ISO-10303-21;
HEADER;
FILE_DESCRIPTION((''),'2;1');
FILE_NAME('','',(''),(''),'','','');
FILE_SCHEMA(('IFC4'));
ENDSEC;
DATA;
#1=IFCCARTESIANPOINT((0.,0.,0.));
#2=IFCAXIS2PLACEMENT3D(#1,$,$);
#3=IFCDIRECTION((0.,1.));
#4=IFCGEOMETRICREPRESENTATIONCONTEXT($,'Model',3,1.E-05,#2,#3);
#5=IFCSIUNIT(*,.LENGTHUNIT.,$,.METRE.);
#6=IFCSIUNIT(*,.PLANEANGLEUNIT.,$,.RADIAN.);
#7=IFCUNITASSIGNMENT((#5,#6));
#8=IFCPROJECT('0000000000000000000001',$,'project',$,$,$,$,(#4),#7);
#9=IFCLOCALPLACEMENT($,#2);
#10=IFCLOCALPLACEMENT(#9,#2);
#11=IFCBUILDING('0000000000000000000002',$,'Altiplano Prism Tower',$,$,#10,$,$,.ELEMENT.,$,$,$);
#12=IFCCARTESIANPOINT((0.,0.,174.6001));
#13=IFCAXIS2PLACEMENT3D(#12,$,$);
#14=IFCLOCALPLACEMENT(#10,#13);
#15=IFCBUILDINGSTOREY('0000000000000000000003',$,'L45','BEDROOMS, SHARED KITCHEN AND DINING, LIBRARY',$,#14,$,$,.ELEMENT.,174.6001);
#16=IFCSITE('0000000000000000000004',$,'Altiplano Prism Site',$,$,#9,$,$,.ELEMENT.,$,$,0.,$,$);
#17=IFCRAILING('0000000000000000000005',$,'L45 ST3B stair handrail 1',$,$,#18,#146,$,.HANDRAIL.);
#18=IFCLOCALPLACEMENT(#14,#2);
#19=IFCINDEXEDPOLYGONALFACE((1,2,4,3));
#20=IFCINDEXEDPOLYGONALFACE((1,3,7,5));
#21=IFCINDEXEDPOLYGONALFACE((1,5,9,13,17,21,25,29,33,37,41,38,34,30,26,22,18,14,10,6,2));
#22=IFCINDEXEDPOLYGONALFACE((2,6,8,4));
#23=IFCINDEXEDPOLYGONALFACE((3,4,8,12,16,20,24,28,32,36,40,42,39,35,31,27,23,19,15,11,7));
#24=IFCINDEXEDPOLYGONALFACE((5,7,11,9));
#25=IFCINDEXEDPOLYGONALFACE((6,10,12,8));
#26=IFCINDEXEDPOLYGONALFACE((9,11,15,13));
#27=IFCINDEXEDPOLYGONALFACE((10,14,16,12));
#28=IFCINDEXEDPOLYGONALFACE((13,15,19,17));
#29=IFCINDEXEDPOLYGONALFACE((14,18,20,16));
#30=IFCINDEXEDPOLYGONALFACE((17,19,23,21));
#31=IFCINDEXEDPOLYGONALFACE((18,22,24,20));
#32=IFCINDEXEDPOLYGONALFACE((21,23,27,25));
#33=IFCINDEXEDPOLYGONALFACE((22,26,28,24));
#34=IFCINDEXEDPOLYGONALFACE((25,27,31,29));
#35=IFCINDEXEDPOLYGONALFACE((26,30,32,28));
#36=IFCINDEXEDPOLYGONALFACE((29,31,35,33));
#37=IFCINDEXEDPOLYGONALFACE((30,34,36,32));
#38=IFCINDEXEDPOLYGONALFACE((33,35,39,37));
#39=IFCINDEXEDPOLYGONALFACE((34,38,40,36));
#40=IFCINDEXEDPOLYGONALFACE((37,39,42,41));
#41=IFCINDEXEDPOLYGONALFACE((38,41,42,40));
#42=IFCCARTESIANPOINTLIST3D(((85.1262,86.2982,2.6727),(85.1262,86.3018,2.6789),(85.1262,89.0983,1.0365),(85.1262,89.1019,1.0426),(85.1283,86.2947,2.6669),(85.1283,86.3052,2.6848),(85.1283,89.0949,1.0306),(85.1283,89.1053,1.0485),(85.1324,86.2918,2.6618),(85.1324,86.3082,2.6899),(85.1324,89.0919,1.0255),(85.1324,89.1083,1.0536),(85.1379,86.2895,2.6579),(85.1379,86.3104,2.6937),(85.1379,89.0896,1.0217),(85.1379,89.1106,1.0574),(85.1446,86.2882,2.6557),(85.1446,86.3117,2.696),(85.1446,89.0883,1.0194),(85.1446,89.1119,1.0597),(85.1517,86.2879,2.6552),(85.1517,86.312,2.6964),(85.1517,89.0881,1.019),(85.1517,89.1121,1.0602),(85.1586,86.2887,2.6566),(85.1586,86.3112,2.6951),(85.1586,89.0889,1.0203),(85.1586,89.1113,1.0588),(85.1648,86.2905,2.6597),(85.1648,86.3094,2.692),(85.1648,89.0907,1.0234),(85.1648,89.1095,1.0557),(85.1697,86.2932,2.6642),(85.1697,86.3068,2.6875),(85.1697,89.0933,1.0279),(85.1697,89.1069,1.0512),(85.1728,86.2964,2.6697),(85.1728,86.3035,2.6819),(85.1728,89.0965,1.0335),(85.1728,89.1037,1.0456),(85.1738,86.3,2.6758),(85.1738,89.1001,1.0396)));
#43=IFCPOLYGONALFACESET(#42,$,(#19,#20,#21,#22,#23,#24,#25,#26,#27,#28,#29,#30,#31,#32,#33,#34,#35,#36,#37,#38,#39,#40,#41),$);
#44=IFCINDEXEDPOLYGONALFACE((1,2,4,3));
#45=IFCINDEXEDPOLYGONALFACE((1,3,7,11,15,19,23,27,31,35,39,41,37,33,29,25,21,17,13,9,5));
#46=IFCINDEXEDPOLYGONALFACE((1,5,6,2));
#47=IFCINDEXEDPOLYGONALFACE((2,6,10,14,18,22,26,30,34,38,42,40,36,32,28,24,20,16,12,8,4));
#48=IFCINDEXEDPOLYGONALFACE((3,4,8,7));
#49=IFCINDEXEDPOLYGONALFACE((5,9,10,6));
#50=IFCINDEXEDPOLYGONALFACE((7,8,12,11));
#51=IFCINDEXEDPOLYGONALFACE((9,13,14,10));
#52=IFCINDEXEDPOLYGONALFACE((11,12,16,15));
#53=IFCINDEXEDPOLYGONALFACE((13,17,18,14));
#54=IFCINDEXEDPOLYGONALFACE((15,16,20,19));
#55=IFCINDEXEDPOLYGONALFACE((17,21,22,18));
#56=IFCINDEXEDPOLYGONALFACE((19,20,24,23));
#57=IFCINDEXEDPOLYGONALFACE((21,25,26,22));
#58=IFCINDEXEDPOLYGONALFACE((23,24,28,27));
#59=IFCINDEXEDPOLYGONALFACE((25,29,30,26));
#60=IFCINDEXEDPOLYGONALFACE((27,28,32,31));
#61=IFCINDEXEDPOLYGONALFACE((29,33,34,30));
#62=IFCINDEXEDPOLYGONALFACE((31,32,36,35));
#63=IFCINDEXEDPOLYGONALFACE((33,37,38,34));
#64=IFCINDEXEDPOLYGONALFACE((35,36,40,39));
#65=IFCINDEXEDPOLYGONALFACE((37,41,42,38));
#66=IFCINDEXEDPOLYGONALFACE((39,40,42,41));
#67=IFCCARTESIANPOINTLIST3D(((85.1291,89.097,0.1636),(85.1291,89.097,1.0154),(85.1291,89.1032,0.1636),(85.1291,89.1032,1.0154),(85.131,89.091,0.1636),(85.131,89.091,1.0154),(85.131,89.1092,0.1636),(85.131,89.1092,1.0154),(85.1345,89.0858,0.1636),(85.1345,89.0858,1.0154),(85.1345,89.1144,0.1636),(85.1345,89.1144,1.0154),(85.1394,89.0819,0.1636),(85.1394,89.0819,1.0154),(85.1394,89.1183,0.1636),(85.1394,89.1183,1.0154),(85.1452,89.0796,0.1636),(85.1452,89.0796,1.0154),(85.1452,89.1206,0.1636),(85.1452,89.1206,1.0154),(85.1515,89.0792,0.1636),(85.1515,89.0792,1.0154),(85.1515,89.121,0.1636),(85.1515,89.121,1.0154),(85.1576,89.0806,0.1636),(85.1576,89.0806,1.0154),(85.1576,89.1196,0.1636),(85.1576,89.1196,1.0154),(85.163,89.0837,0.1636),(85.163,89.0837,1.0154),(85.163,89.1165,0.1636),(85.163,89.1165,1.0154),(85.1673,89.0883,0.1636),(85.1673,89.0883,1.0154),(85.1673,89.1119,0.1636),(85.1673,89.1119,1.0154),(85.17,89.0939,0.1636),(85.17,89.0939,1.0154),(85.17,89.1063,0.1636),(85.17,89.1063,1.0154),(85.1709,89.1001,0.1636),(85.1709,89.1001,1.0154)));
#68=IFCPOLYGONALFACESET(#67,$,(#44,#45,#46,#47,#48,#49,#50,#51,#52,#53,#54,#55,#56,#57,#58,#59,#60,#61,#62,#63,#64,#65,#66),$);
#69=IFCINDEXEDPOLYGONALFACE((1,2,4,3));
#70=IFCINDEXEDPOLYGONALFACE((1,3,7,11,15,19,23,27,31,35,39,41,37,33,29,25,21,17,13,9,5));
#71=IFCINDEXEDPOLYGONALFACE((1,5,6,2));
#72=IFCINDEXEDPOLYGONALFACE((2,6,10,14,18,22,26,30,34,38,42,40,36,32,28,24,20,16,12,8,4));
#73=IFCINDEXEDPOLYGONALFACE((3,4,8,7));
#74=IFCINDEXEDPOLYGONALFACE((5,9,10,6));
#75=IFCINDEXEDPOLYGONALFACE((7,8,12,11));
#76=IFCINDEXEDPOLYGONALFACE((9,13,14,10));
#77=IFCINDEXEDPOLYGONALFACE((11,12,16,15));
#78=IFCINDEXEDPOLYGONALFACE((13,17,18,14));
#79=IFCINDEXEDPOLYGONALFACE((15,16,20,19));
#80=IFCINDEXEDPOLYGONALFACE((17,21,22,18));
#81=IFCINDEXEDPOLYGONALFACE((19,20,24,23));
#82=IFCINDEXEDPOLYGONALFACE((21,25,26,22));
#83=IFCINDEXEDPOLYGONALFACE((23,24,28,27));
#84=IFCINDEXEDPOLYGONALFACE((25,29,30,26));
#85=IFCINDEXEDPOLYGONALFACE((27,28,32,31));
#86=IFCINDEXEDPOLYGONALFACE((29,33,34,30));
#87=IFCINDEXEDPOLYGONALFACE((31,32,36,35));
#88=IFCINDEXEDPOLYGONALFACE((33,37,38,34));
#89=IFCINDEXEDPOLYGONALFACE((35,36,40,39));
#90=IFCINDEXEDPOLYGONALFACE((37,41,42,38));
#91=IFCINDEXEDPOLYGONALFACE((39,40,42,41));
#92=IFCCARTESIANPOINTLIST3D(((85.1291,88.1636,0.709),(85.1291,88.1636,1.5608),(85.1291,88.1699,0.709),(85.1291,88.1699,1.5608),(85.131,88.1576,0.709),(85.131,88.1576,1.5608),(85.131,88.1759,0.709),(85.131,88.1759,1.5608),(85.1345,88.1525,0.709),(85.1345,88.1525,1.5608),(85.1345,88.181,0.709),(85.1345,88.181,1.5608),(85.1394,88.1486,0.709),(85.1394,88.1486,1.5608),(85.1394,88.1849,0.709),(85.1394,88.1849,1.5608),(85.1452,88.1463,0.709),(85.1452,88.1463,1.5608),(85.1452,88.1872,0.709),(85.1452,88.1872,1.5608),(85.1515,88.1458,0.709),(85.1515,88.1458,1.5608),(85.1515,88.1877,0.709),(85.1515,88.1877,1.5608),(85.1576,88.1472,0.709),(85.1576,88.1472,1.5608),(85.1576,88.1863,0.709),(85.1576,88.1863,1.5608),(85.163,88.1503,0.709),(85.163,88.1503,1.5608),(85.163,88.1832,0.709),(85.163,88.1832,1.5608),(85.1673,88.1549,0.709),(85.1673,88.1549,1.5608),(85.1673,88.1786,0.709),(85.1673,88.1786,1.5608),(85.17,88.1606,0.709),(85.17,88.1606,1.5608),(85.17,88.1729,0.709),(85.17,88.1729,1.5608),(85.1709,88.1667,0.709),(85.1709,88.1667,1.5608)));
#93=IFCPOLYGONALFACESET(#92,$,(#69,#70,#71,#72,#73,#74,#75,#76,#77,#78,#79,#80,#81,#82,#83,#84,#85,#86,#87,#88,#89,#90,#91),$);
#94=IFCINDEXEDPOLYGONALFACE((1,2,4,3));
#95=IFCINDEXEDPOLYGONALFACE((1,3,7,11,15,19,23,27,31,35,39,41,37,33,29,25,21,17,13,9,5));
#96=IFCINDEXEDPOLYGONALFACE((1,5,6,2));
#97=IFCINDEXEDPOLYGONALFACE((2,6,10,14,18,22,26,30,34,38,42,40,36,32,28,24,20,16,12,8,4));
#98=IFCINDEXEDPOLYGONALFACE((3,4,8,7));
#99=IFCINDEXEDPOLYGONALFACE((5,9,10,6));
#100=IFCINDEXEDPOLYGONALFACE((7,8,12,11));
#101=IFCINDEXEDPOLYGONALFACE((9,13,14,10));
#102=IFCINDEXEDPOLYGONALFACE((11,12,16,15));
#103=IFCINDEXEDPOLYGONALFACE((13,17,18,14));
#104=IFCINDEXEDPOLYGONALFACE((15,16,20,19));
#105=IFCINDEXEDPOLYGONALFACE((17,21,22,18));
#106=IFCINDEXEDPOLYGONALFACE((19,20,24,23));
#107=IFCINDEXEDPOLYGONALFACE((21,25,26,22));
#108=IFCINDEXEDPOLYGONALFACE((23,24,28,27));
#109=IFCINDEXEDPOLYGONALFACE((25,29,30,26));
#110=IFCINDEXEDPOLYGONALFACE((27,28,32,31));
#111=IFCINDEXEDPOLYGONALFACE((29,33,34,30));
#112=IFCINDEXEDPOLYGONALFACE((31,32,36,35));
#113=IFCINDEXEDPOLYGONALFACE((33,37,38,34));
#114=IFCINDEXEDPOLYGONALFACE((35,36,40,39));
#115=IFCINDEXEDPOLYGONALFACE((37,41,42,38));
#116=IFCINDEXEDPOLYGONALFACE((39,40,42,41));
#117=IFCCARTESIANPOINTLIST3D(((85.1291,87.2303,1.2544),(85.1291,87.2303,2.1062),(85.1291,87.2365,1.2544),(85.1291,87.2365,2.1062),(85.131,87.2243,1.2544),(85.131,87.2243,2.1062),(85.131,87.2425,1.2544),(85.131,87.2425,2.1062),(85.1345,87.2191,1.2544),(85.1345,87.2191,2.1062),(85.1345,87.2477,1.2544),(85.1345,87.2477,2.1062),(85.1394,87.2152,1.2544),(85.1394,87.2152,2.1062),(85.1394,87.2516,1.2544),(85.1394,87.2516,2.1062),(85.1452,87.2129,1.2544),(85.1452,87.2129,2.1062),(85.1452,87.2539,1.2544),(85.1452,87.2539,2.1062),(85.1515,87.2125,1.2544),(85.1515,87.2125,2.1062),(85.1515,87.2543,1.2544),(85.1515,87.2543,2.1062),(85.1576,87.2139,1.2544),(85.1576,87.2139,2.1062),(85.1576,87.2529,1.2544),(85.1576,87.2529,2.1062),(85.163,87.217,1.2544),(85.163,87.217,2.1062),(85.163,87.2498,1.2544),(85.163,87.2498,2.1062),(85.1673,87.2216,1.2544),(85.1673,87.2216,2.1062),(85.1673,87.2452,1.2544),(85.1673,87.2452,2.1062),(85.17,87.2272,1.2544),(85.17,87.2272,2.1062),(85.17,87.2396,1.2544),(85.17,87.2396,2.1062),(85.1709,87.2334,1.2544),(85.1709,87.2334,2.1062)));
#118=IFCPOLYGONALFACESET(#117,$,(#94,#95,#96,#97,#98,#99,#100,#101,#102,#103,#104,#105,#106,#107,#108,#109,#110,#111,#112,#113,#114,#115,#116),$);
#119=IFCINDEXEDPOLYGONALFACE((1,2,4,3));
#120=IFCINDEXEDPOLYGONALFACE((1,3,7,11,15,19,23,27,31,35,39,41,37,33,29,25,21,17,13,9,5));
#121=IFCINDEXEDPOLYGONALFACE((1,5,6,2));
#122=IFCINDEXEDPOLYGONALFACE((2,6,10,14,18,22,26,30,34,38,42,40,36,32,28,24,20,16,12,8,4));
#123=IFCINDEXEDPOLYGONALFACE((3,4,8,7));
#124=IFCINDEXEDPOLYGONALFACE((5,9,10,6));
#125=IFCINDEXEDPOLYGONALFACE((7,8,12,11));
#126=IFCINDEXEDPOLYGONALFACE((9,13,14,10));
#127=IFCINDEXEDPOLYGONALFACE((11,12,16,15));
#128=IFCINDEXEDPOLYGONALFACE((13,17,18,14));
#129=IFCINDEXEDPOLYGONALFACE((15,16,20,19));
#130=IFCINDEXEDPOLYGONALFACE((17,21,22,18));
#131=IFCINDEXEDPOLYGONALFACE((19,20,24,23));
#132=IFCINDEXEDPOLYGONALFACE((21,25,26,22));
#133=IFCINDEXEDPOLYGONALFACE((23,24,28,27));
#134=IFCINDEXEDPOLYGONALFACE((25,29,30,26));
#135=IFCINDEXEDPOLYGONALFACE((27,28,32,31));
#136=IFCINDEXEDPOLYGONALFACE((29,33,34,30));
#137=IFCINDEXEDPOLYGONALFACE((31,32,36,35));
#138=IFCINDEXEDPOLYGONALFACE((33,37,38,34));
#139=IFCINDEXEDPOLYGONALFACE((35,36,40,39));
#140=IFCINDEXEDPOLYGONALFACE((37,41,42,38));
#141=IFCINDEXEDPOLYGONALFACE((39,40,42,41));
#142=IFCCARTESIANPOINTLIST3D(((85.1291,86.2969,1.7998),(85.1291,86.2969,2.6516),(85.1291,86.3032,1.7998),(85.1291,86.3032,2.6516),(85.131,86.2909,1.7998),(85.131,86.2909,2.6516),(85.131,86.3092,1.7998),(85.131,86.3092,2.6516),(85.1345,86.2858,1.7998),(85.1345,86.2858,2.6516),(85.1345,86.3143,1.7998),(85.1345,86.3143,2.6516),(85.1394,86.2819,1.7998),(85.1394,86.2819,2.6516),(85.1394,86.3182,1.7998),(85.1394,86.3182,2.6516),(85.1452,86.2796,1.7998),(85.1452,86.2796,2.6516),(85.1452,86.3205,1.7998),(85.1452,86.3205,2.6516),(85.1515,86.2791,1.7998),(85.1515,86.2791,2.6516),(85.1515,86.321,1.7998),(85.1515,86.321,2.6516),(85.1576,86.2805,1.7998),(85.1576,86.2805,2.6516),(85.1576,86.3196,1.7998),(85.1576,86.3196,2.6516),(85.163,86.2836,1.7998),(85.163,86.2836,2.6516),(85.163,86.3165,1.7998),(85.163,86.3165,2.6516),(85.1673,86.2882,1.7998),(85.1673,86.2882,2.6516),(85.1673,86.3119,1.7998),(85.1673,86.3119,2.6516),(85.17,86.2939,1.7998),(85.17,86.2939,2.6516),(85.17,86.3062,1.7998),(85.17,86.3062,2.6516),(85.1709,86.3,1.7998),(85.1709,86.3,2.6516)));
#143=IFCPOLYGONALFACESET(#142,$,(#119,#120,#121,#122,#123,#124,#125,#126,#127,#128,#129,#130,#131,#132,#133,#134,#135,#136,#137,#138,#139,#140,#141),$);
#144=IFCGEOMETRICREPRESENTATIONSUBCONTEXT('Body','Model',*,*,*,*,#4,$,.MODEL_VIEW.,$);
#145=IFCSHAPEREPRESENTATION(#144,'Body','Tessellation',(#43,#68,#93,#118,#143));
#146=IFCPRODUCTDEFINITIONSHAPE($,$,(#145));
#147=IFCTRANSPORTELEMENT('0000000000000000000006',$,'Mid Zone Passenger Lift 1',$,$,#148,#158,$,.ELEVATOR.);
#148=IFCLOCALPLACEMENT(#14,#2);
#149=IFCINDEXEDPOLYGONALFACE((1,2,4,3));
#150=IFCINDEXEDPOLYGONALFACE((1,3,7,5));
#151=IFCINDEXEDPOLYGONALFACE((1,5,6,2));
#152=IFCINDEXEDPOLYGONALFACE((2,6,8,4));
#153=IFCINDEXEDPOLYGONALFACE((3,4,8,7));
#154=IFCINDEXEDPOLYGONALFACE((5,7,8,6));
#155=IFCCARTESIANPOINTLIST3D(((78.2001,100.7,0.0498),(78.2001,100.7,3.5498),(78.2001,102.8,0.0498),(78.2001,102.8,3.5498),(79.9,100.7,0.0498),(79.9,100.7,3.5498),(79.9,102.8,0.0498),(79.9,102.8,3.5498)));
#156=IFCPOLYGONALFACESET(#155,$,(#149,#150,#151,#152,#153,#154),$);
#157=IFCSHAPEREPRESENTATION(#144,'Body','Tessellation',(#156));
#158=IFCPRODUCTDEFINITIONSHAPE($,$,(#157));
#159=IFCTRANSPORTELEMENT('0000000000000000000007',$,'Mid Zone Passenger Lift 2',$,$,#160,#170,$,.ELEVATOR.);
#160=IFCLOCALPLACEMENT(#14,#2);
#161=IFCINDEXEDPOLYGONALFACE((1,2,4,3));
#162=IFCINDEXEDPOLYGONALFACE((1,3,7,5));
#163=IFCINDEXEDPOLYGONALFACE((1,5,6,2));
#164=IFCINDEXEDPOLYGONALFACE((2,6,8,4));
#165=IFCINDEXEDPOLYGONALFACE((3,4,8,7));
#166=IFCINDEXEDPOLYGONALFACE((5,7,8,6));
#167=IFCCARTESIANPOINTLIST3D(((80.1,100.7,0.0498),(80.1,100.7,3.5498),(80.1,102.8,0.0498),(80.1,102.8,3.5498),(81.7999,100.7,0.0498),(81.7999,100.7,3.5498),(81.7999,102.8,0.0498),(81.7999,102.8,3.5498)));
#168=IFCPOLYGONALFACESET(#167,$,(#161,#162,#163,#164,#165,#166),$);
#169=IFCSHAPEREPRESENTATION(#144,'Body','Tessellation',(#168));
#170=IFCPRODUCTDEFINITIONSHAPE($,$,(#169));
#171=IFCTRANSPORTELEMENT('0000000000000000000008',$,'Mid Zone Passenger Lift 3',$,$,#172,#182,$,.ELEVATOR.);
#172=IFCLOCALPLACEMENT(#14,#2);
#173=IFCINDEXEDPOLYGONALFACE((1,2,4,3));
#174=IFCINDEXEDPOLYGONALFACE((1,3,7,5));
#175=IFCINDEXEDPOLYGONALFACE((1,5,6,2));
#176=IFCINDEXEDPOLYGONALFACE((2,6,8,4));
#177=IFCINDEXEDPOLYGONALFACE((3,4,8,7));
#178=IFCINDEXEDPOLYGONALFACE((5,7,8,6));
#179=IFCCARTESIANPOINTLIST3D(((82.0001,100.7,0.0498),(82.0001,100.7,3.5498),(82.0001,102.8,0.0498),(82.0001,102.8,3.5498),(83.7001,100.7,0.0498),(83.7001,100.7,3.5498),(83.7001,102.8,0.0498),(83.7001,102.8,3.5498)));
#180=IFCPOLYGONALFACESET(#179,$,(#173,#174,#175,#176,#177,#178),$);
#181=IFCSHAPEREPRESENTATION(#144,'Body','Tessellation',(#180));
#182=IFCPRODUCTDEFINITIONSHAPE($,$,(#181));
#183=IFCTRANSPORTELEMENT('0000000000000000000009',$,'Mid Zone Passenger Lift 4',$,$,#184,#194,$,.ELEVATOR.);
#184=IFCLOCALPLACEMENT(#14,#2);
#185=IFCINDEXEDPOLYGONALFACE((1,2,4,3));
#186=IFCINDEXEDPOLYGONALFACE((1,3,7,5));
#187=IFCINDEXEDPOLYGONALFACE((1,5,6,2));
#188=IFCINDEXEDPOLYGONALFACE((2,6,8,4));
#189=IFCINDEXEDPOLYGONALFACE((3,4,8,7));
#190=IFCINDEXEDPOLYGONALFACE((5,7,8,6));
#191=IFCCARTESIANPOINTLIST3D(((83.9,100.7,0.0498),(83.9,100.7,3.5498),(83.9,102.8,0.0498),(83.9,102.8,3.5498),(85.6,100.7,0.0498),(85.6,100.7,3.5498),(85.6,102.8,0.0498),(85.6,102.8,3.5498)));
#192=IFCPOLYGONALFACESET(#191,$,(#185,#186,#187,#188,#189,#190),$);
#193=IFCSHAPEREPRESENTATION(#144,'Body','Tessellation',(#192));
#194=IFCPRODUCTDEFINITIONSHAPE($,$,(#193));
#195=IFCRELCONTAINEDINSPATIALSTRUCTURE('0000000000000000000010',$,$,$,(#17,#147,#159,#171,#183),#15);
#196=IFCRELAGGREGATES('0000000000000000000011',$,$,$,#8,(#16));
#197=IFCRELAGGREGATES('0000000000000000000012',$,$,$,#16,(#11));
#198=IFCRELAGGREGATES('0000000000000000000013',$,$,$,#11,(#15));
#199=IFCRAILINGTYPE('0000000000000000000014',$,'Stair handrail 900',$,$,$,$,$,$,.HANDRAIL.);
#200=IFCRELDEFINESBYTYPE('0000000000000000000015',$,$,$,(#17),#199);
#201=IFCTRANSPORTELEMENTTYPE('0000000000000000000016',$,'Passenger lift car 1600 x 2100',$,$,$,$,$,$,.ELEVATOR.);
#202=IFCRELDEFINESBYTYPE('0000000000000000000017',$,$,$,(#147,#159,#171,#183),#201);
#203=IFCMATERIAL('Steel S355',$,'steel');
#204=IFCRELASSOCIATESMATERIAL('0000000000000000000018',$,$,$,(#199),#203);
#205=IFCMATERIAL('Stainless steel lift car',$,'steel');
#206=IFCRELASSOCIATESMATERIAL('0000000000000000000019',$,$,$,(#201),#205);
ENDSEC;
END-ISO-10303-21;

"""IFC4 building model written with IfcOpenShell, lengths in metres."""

from ifc_helpers import new_model, si_unit, direction, frame, origin, origin_2d, place, context, subcontext, project, spatial, rectangle, circle, extrude, material, type_object, element, save


model = new_model("IFC4")

# Units and contexts
model_context = context("Model", 3, precision=1e-05, world=origin(), true_north=direction((0.0, 1.0)))
body_context = subcontext(model_context, "Body", "Model", "MODEL_VIEW")
ifc_project = project(units=[si_unit("LENGTHUNIT", "METRE"), si_unit("PLANEANGLEUNIT", "RADIAN")], contexts=[model_context])

# Site, building, storey
site_placement = place(None, origin())
site = spatial("IfcSite", under=ifc_project, at=site_placement, Name="Altiplano Prism Site", CompositionType="ELEMENT", RefElevation=0.0)
building_placement = place(site_placement, origin())
building = spatial("IfcBuilding", under=site, at=building_placement, Name="Altiplano Prism Tower", CompositionType="ELEMENT")
storey_placement = place(building_placement, frame((0.0, 0.0, 174.6001)))
storey = spatial("IfcBuildingStorey", under=building, at=storey_placement, Name="L45", Description="BEDROOMS, SHARED KITCHEN AND DINING, LIBRARY", CompositionType="ELEMENT", Elevation=174.6001)

# Railing
ifc_material_1 = material(Name="Steel S355", Category="steel")
railing_type_1 = type_object("IfcRailingType", Name="Stair handrail 900", PredefinedType="HANDRAIL", material=ifc_material_1)
for number, where, name in (
    (1, (85.1499, 89.1001, 0.1636), "L45 ST3B stair handrail 1"),
):
    element("IfcRailing", number, at=place(storey_placement, frame(where)), inside=storey, type_object=railing_type_1, Name=name, PredefinedType="HANDRAIL", context=body_context, shape_type="SweptSolid", body=[
        extrude(circle(Radius=0.0239, at=origin_2d()), frame((0.0, 0.0, 0.876), z_axis=(0.0, -0.863394, 0.504531), x_axis=(1.0, 0.0, 0.0)), (0.0, 0.0, 1.0), 3.2432),
        extrude(circle(Radius=0.021, at=origin_2d()), origin(), (0.0, 0.0, 1.0), 0.8518),
        extrude(circle(Radius=0.021, at=origin_2d()), frame((0.0, -0.9333, 0.5454)), (0.0, 0.0, 1.0), 0.8518),
        extrude(circle(Radius=0.021, at=origin_2d()), frame((0.0, -1.8667, 1.0908)), (0.0, 0.0, 1.0), 0.8518),
        extrude(circle(Radius=0.021, at=origin_2d()), frame((0.0, -2.8, 1.6362)), (0.0, 0.0, 1.0), 0.8518),
    ])

# Transport elements
ifc_material_2 = material(Name="Stainless steel lift car", Category="steel")
transport_element_type = type_object("IfcTransportElementType", Name="Passenger lift car 1600 x 2100", PredefinedType="ELEVATOR", material=ifc_material_2)
for number, where, z_axis, x_axis, name in (
    (2, (79.05, 101.75, 0.0498), (0.0, 0.0, 1.0), (1.0, 0.0, 0.0), "Mid Zone Passenger Lift 1"),
    (3, (80.95, 101.75, 0.0498), (0.0, 0.0, 1.0), (1.0, 0.0, 0.0), "Mid Zone Passenger Lift 2"),
    (4, (82.8501, 101.75, 0.0498), (0.0, 0.0, 1.0), (1.0, 0.0, 0.0), "Mid Zone Passenger Lift 3"),
    (5, (84.75, 101.75, 0.0498), (0.0, 0.0, 1.0), (1.0, 0.0, 0.0), "Mid Zone Passenger Lift 4"),
):
    element("IfcTransportElement", number, at=place(storey_placement, frame(where, z_axis=z_axis, x_axis=x_axis)), inside=storey, type_object=transport_element_type, Name=name, PredefinedType="ELEVATOR", context=body_context, shape_type="SweptSolid", body=[
        extrude(rectangle(XDim=1.7, YDim=2.1001, at=origin_2d()), origin(), (0.0, 0.0, 1.0), 3.5),
    ])

save(model, "model.ifc")
